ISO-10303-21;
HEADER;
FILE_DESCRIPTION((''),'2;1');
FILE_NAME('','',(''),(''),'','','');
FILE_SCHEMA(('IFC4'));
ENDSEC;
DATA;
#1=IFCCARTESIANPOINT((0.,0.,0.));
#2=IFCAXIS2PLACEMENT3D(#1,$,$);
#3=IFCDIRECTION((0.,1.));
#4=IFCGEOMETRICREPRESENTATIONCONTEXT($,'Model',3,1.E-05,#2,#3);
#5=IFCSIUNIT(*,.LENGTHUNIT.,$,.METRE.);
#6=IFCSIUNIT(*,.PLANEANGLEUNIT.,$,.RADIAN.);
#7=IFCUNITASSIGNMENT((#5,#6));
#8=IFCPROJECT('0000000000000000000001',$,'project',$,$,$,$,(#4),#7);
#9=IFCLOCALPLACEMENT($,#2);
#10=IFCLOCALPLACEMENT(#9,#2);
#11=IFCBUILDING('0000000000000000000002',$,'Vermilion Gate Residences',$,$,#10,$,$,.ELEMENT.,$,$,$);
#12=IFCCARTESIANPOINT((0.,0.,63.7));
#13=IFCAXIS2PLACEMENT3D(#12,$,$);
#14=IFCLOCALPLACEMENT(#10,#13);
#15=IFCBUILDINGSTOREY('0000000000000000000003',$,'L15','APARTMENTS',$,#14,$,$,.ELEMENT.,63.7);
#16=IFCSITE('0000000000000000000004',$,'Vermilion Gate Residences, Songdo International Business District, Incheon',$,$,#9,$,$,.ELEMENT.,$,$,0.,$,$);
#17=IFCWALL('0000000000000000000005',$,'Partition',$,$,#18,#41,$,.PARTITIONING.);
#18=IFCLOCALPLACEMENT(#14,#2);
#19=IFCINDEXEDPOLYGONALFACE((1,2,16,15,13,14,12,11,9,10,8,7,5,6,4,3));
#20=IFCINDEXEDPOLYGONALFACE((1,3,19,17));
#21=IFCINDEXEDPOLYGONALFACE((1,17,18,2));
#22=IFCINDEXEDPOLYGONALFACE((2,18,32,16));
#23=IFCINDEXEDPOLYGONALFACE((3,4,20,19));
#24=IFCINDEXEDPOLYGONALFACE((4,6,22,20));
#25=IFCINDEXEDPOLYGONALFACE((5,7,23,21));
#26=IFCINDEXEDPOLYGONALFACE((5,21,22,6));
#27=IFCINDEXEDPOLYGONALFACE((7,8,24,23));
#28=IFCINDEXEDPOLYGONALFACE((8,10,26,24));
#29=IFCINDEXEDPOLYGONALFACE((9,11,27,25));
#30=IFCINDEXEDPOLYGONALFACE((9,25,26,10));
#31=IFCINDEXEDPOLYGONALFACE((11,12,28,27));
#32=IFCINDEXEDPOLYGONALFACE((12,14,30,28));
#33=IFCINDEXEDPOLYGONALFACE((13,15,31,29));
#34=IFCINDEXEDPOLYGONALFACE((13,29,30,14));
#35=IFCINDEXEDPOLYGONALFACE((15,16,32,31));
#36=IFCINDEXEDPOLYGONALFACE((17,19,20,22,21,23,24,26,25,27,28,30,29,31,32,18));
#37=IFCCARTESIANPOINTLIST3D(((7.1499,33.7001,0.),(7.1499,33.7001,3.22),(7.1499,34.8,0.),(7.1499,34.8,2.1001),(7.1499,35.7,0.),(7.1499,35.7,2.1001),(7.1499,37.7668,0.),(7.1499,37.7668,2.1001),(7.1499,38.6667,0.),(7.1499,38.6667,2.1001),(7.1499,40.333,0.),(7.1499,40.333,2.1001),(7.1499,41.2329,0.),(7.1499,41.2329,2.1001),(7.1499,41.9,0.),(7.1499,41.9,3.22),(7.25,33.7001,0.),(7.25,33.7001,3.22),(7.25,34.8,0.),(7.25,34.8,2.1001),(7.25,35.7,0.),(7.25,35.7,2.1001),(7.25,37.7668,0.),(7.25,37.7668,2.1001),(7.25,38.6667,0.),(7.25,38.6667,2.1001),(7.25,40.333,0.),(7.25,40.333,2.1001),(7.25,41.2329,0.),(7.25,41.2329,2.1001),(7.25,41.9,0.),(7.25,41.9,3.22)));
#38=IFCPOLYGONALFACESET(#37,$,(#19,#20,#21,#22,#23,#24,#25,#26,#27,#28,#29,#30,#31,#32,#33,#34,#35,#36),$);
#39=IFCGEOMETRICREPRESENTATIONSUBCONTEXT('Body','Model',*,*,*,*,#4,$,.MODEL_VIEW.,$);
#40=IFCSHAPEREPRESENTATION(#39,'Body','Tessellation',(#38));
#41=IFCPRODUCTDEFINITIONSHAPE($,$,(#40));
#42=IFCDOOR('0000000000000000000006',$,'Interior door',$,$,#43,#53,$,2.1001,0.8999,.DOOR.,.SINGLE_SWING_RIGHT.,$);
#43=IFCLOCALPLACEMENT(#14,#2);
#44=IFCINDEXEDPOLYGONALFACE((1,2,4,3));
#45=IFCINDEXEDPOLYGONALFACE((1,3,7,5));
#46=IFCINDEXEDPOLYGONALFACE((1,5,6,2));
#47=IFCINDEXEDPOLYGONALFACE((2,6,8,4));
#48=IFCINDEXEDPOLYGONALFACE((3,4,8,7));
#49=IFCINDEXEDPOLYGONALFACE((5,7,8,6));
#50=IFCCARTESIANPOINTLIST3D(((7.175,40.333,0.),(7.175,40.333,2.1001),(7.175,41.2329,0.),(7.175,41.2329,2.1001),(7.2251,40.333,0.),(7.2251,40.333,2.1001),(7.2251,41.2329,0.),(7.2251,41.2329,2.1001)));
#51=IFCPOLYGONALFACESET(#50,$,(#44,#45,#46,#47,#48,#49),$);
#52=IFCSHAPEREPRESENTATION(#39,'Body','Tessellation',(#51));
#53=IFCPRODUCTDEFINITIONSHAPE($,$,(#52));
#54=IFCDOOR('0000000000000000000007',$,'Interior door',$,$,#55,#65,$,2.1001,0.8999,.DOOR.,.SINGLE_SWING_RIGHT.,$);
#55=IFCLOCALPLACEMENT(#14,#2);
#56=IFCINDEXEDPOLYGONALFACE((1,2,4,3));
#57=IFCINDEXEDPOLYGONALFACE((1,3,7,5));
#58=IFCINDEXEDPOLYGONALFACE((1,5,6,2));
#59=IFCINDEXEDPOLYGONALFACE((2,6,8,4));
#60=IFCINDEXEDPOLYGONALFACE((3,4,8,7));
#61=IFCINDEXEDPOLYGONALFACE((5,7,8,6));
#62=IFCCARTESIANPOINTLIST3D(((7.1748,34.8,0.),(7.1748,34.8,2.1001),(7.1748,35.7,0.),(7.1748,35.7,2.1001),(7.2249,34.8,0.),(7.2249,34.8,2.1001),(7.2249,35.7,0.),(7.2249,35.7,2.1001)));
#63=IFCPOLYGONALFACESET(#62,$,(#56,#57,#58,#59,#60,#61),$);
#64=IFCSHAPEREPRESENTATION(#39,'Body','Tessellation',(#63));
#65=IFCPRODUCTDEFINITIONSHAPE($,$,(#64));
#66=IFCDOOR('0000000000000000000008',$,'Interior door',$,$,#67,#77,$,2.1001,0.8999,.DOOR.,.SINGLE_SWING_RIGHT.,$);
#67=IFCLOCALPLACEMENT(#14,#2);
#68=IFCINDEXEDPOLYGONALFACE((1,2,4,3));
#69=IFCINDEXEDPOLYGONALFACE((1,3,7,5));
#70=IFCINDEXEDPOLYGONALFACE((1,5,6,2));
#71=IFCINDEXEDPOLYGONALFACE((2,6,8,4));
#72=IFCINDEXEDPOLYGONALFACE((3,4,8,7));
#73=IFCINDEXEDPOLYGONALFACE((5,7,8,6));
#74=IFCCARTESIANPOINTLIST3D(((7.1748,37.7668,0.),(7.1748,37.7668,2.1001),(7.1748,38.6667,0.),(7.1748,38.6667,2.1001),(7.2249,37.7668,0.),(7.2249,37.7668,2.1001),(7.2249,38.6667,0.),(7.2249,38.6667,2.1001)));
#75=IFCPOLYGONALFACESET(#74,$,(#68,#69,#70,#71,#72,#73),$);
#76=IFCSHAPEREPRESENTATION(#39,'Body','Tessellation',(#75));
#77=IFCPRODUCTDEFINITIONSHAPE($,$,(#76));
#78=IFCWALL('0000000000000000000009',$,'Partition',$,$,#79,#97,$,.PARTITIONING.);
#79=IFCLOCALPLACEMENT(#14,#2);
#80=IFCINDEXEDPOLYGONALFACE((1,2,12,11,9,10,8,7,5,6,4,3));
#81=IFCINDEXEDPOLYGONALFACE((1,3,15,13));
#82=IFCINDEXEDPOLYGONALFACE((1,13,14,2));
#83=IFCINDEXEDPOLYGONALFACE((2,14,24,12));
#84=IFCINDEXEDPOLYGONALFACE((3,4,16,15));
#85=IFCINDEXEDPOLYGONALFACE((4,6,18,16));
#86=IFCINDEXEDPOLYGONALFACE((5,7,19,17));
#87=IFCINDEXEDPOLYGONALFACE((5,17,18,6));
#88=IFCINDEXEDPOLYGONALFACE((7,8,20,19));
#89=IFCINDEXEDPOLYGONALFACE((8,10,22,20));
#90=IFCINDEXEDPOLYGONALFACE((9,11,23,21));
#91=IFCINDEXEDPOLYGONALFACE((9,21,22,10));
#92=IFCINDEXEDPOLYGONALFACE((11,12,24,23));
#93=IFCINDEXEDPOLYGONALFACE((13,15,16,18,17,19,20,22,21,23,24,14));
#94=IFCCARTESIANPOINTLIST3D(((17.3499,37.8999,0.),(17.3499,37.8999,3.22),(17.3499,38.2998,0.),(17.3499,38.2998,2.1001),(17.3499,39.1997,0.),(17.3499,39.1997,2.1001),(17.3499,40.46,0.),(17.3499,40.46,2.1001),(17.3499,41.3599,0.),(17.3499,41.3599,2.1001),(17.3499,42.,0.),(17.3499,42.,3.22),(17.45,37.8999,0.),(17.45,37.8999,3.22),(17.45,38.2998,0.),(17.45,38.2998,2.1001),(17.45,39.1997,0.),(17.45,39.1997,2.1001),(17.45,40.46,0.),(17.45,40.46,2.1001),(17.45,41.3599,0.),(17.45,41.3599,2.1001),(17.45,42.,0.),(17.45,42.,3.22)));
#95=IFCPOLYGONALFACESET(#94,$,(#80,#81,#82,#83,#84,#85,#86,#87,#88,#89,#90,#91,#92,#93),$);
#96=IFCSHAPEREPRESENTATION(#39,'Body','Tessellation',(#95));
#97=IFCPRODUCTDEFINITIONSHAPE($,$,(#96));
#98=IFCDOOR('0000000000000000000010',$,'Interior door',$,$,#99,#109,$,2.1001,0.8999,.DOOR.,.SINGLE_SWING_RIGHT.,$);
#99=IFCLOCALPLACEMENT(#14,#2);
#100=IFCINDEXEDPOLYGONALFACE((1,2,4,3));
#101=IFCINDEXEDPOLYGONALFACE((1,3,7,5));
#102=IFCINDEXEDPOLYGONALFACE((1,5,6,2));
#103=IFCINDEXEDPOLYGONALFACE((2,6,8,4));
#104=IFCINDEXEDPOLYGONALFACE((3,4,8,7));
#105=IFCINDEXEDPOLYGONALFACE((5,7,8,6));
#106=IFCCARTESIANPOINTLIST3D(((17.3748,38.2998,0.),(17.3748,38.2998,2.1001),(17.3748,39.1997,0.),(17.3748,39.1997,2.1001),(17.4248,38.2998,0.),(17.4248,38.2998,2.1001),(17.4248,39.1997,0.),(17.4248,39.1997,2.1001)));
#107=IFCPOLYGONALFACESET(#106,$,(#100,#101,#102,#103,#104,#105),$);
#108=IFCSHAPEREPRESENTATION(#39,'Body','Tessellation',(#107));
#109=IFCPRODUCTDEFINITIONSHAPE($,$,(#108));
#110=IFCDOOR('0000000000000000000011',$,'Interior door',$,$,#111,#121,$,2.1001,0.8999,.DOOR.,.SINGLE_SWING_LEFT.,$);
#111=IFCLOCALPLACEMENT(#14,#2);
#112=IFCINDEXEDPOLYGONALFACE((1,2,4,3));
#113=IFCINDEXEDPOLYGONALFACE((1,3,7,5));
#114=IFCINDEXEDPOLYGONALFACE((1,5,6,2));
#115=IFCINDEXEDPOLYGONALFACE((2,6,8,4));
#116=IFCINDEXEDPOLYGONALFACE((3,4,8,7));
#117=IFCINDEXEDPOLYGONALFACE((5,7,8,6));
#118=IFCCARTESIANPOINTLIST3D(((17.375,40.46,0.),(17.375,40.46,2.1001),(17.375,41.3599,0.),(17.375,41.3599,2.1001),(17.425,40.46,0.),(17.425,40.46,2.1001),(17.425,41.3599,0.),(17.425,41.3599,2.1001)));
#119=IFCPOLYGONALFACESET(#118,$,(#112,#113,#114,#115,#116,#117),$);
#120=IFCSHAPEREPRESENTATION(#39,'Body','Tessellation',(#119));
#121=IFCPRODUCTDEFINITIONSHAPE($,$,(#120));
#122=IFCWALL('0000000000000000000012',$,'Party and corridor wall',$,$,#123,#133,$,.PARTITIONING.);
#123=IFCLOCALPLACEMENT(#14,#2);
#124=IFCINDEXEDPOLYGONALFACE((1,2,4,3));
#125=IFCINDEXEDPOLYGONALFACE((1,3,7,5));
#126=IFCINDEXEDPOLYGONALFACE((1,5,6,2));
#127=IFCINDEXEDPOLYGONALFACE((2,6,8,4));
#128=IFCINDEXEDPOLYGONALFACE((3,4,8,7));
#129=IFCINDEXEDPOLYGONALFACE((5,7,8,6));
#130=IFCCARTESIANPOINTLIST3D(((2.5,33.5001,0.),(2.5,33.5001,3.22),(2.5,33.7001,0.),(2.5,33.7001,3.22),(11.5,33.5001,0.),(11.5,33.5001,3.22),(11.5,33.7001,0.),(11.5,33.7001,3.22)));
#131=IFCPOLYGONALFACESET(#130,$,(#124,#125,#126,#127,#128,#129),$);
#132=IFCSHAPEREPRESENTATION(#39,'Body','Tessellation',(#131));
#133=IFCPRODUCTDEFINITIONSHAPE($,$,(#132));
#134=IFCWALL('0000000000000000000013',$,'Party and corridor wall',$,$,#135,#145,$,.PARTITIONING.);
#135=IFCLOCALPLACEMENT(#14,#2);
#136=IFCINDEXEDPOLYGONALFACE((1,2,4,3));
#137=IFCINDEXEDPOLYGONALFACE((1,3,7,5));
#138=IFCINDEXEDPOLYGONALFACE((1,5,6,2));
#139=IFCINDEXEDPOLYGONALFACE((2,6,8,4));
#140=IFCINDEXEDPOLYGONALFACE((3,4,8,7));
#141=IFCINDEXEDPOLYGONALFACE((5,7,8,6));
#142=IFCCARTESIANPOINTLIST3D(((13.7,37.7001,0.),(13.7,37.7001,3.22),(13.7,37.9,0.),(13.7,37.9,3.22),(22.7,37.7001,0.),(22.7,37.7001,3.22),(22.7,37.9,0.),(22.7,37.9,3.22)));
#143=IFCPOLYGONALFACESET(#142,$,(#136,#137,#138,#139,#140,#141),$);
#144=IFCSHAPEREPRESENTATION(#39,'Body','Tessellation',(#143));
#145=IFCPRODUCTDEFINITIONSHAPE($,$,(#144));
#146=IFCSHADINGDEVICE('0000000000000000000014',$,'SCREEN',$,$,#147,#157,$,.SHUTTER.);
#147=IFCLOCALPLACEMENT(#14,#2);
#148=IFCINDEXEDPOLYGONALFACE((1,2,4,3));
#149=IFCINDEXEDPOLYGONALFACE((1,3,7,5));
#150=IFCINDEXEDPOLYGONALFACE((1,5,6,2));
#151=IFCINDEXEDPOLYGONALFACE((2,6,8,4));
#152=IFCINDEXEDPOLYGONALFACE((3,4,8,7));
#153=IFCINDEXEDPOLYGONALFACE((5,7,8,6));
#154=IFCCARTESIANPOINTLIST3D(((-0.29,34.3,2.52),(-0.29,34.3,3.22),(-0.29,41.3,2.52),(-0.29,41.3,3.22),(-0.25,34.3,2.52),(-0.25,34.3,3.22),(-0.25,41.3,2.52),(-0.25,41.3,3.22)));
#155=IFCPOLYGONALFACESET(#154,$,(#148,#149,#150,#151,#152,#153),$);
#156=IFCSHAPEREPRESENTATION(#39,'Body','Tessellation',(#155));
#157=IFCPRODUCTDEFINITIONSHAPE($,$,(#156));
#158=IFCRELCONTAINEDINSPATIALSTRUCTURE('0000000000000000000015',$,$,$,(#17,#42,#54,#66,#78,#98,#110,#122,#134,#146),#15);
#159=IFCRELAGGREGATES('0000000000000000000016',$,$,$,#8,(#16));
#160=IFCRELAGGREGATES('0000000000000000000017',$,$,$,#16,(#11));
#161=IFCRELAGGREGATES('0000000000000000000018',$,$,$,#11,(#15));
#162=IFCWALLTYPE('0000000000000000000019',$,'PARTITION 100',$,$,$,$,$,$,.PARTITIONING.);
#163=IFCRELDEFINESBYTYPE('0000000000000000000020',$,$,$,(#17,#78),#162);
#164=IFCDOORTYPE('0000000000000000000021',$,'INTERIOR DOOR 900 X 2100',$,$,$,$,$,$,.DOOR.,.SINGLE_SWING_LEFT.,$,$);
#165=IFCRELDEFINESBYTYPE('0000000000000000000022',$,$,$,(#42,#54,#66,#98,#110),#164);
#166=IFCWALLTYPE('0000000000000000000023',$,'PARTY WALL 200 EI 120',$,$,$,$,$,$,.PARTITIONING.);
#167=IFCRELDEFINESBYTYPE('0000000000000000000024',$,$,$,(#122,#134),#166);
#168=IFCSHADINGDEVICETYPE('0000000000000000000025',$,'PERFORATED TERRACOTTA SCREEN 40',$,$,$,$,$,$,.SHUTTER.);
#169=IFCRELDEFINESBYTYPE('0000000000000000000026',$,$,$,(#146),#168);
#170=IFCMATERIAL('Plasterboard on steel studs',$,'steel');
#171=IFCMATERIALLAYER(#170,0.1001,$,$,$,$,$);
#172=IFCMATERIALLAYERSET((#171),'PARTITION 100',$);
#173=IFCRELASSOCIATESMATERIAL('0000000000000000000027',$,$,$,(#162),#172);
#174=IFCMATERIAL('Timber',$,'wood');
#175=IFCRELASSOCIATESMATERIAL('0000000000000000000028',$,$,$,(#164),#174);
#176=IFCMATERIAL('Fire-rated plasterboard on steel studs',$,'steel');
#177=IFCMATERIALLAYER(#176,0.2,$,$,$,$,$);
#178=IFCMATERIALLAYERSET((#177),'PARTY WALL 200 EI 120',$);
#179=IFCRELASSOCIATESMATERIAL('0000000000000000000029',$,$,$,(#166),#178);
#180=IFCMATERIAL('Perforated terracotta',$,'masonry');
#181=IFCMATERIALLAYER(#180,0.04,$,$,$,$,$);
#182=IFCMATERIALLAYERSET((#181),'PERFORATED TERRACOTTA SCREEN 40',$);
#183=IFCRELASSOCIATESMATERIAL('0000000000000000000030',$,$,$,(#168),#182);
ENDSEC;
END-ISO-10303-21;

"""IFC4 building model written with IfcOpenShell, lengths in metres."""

from ifc_helpers import new_model, si_unit, direction, frame, frame_2d, origin, origin_2d, place, context, subcontext, project, spatial, rectangle, extrude, material, layer, layer_set, type_object, element, fill, save


model = new_model("IFC4")

# Units and contexts
model_context = context("Model", 3, precision=1e-05, world=origin(), true_north=direction((0.0, 1.0)))
body_context = subcontext(model_context, "Body", "Model", "MODEL_VIEW")
ifc_project = project(units=[si_unit("LENGTHUNIT", "METRE"), si_unit("PLANEANGLEUNIT", "RADIAN")], contexts=[model_context])

# Site, building, storey
site_placement = place(None, origin())
site = spatial("IfcSite", under=ifc_project, at=site_placement, Name="Vermilion Gate Residences, Songdo International Business District, Incheon", CompositionType="ELEMENT", RefElevation=0.0)
building_placement = place(site_placement, origin())
building = spatial("IfcBuilding", under=site, at=building_placement, Name="Vermilion Gate Residences", CompositionType="ELEMENT")
storey_placement = place(building_placement, frame((0.0, 0.0, 63.7)))
storey = spatial("IfcBuildingStorey", under=building, at=storey_placement, Name="L15", Description="APARTMENTS", CompositionType="ELEMENT", Elevation=63.7)

# Shared definitions
ifc_material_1 = material(Name="Plasterboard on steel studs", Category="steel")
ifc_layer_1 = layer(ifc_material_1, 0.1001)
ifc_layer_set_1 = layer_set([ifc_layer_1], Name="PARTITION 100")
wall_type_1 = type_object("IfcWallType", Name="PARTITION 100", PredefinedType="PARTITIONING", material=ifc_layer_set_1)

# Walls, openings, doors
wall_1_placement = place(storey_placement, frame((7.2, 33.7, 0.0), z_axis=(0.0, 0.0, 1.0), x_axis=(0.0, 1.0, 0.0)))
wall_1 = element("IfcWall", 1, at=wall_1_placement, inside=storey, type_object=wall_type_1, Name="Partition", PredefinedType="PARTITIONING", context=body_context, shape_type="SweptSolid", body=[
    extrude(rectangle(XDim=8.2, YDim=0.1001, at=frame_2d((4.1001, 0.0))), origin(), (0.0, 0.0, 1.0), 3.22),
])
opening_1_placement = place(wall_1_placement, frame((6.6331, 0.0, 0.0)))
opening_1 = element("IfcOpeningElement", 2, at=opening_1_placement, cuts=wall_1, PredefinedType="OPENING", context=body_context, shape_type="SweptSolid", body=[
    extrude(rectangle(XDim=0.8999, YDim=2.1001, at=frame_2d((0.45, 1.05))), frame((0.0, 0.0601, 0.0), z_axis=(0.0, -1.0, 0.0), x_axis=(1.0, 0.0, 0.0)), (0.0, 0.0, 1.0), 0.1201),
])
opening_2_placement = place(wall_1_placement, frame((1.1001, 0.0, 0.0)))
opening_2 = element("IfcOpeningElement", 3, at=opening_2_placement, cuts=wall_1, PredefinedType="OPENING", context=body_context, shape_type="SweptSolid", body=[
    extrude(rectangle(XDim=0.8999, YDim=2.1001, at=frame_2d((0.45, 1.05))), frame((0.0, 0.0601, 0.0), z_axis=(0.0, -1.0, 0.0), x_axis=(1.0, 0.0, 0.0)), (0.0, 0.0, 1.0), 0.1201),
])
opening_3_placement = place(wall_1_placement, frame((4.0669, 0.0, 0.0)))
opening_3 = element("IfcOpeningElement", 4, at=opening_3_placement, cuts=wall_1, PredefinedType="OPENING", context=body_context, shape_type="SweptSolid", body=[
    extrude(rectangle(XDim=0.8999, YDim=2.1001, at=frame_2d((0.45, 1.05))), frame((0.0, 0.0601, 0.0), z_axis=(0.0, -1.0, 0.0), x_axis=(1.0, 0.0, 0.0)), (0.0, 0.0, 1.0), 0.1201),
])
ifc_material_2 = material(Name="Timber", Category="wood")
door_type = type_object("IfcDoorType", Name="INTERIOR DOOR 900 X 2100", OperationType="SINGLE_SWING_LEFT", PredefinedType="DOOR", material=ifc_material_2)
door_1_placement = place(opening_1_placement, origin())
door_1 = element("IfcDoor", 5, at=door_1_placement, inside=storey, type_object=door_type, Name="Interior door", OperationType="SINGLE_SWING_RIGHT", OverallHeight=2.1001, OverallWidth=0.8999, PredefinedType="DOOR", context=body_context, shape_type="SweptSolid", body=[
    extrude(rectangle(XDim=0.8999, YDim=2.1001, at=frame_2d((0.45, 1.05))), frame((0.0, 0.0249, 0.0), z_axis=(0.0, -1.0, 0.0), x_axis=(1.0, 0.0, 0.0)), (0.0, 0.0, 1.0), 0.05),
])
fill(opening_1, door_1)
door_2_placement = place(opening_2_placement, frame((0.8999, 0.0, 0.0), z_axis=(0.0, 0.0, 1.0), x_axis=(-1.0, 0.0, 0.0)))
door_2 = element("IfcDoor", 6, at=door_2_placement, inside=storey, type_object=door_type, Name="Interior door", OperationType="SINGLE_SWING_RIGHT", OverallHeight=2.1001, OverallWidth=0.8999, PredefinedType="DOOR", context=body_context, shape_type="SweptSolid", body=[
    extrude(rectangle(XDim=0.8999, YDim=2.1001, at=frame_2d((0.45, 1.05))), frame((0.0, 0.0249, 0.0), z_axis=(0.0, -1.0, 0.0), x_axis=(1.0, 0.0, 0.0)), (0.0, 0.0, 1.0), 0.05),
])
fill(opening_2, door_2)
door_3_placement = place(opening_3_placement, frame((0.8999, 0.0, 0.0), z_axis=(0.0, 0.0, 1.0), x_axis=(-1.0, 0.0, 0.0)))
door_3 = element("IfcDoor", 7, at=door_3_placement, inside=storey, type_object=door_type, Name="Interior door", OperationType="SINGLE_SWING_RIGHT", OverallHeight=2.1001, OverallWidth=0.8999, PredefinedType="DOOR", context=body_context, shape_type="SweptSolid", body=[
    extrude(rectangle(XDim=0.8999, YDim=2.1001, at=frame_2d((0.45, 1.05))), frame((0.0, 0.0249, 0.0), z_axis=(0.0, -1.0, 0.0), x_axis=(1.0, 0.0, 0.0)), (0.0, 0.0, 1.0), 0.05),
])
fill(opening_3, door_3)
wall_2_placement = place(storey_placement, frame((17.3999, 37.8999, 0.0), z_axis=(0.0, 0.0, 1.0), x_axis=(0.0, 1.0, 0.0)))
wall_2 = element("IfcWall", 8, at=wall_2_placement, inside=storey, type_object=wall_type_1, Name="Partition", PredefinedType="PARTITIONING", context=body_context, shape_type="SweptSolid", body=[
    extrude(rectangle(XDim=4.1001, YDim=0.1001, at=frame_2d((2.05, 0.0))), origin(), (0.0, 0.0, 1.0), 3.22),
])
opening_4_placement = place(wall_2_placement, frame((0.3999, 0.0, 0.0)))
opening_4 = element("IfcOpeningElement", 9, at=opening_4_placement, cuts=wall_2, PredefinedType="OPENING", context=body_context, shape_type="SweptSolid", body=[
    extrude(rectangle(XDim=0.8999, YDim=2.1001, at=frame_2d((0.45, 1.05))), frame((0.0, 0.0601, 0.0), z_axis=(0.0, -1.0, 0.0), x_axis=(1.0, 0.0, 0.0)), (0.0, 0.0, 1.0), 0.1201),
])
opening_5_placement = place(wall_2_placement, frame((2.5601, 0.0, 0.0)))
opening_5 = element("IfcOpeningElement", 10, at=opening_5_placement, cuts=wall_2, PredefinedType="OPENING", context=body_context, shape_type="SweptSolid", body=[
    extrude(rectangle(XDim=0.8999, YDim=2.1001, at=frame_2d((0.45, 1.05))), frame((0.0, 0.0601, 0.0), z_axis=(0.0, -1.0, 0.0), x_axis=(1.0, 0.0, 0.0)), (0.0, 0.0, 1.0), 0.1201),
])
door_4_placement = place(opening_4_placement, frame((0.8999, 0.0, 0.0), z_axis=(0.0, 0.0, 1.0), x_axis=(-1.0, 0.0, 0.0)))
door_4 = element("IfcDoor", 11, at=door_4_placement, inside=storey, type_object=door_type, Name="Interior door", OperationType="SINGLE_SWING_RIGHT", OverallHeight=2.1001, OverallWidth=0.8999, PredefinedType="DOOR", context=body_context, shape_type="SweptSolid", body=[
    extrude(rectangle(XDim=0.8999, YDim=2.1001, at=frame_2d((0.45, 1.05))), frame((0.0, 0.0249, 0.0), z_axis=(0.0, -1.0, 0.0), x_axis=(1.0, 0.0, 0.0)), (0.0, 0.0, 1.0), 0.05),
])
fill(opening_4, door_4)
door_5_placement = place(opening_5_placement, origin())
door_5 = element("IfcDoor", 12, at=door_5_placement, inside=storey, type_object=door_type, Name="Interior door", OperationType="SINGLE_SWING_LEFT", OverallHeight=2.1001, OverallWidth=0.8999, PredefinedType="DOOR", context=body_context, shape_type="SweptSolid", body=[
    extrude(rectangle(XDim=0.8999, YDim=2.1001, at=frame_2d((0.45, 1.05))), frame((0.0, 0.0249, 0.0), z_axis=(0.0, -1.0, 0.0), x_axis=(1.0, 0.0, 0.0)), (0.0, 0.0, 1.0), 0.05),
])
fill(opening_5, door_5)

# Walls
ifc_material_3 = material(Name="Fire-rated plasterboard on steel studs", Category="steel")
ifc_layer_2 = layer(ifc_material_3, 0.2)
ifc_layer_set_2 = layer_set([ifc_layer_2], Name="PARTY WALL 200 EI 120")
wall_type_2 = type_object("IfcWallType", Name="PARTY WALL 200 EI 120", PredefinedType="PARTITIONING", material=ifc_layer_set_2)
for number, where, z_axis, x_axis, name in (
    (13, (2.5, 33.6001, 0.0), (0.0, 0.0, 1.0), (1.0, 0.0, 0.0), "Party and corridor wall"),
    (14, (13.7, 37.8, 0.0), (0.0, 0.0, 1.0), (1.0, 0.0, 0.0), "Party and corridor wall"),
):
    element("IfcWall", number, at=place(storey_placement, frame(where, z_axis=z_axis, x_axis=x_axis)), inside=storey, type_object=wall_type_2, Name=name, PredefinedType="PARTITIONING", context=body_context, shape_type="SweptSolid", body=[
        extrude(rectangle(XDim=9.0, YDim=0.2, at=frame_2d((4.5, 0.0))), origin(), (0.0, 0.0, 1.0), 3.22),
    ])

# Shading device
ifc_material_4 = material(Name="Perforated terracotta", Category="masonry")
ifc_layer_3 = layer(ifc_material_4, 0.04)
ifc_layer_set_3 = layer_set([ifc_layer_3], Name="PERFORATED TERRACOTTA SCREEN 40")
shading_device_type_1 = type_object("IfcShadingDeviceType", Name="PERFORATED TERRACOTTA SCREEN 40", PredefinedType="SHUTTER", material=ifc_layer_set_3)
shading_device_1_placement = place(storey_placement, frame((-0.27, 37.8, 2.52), z_axis=(0.0, 0.0, 1.0), x_axis=(0.0, -1.0, 0.0)))
element("IfcShadingDevice", 15, at=shading_device_1_placement, inside=storey, type_object=shading_device_type_1, Name="SCREEN", PredefinedType="SHUTTER", context=body_context, shape_type="SweptSolid", body=[
    extrude(rectangle(XDim=7.0, YDim=0.04, at=origin_2d()), origin(), (0.0, 0.0, 1.0), 0.7),
])

save(model, "model.ifc")
